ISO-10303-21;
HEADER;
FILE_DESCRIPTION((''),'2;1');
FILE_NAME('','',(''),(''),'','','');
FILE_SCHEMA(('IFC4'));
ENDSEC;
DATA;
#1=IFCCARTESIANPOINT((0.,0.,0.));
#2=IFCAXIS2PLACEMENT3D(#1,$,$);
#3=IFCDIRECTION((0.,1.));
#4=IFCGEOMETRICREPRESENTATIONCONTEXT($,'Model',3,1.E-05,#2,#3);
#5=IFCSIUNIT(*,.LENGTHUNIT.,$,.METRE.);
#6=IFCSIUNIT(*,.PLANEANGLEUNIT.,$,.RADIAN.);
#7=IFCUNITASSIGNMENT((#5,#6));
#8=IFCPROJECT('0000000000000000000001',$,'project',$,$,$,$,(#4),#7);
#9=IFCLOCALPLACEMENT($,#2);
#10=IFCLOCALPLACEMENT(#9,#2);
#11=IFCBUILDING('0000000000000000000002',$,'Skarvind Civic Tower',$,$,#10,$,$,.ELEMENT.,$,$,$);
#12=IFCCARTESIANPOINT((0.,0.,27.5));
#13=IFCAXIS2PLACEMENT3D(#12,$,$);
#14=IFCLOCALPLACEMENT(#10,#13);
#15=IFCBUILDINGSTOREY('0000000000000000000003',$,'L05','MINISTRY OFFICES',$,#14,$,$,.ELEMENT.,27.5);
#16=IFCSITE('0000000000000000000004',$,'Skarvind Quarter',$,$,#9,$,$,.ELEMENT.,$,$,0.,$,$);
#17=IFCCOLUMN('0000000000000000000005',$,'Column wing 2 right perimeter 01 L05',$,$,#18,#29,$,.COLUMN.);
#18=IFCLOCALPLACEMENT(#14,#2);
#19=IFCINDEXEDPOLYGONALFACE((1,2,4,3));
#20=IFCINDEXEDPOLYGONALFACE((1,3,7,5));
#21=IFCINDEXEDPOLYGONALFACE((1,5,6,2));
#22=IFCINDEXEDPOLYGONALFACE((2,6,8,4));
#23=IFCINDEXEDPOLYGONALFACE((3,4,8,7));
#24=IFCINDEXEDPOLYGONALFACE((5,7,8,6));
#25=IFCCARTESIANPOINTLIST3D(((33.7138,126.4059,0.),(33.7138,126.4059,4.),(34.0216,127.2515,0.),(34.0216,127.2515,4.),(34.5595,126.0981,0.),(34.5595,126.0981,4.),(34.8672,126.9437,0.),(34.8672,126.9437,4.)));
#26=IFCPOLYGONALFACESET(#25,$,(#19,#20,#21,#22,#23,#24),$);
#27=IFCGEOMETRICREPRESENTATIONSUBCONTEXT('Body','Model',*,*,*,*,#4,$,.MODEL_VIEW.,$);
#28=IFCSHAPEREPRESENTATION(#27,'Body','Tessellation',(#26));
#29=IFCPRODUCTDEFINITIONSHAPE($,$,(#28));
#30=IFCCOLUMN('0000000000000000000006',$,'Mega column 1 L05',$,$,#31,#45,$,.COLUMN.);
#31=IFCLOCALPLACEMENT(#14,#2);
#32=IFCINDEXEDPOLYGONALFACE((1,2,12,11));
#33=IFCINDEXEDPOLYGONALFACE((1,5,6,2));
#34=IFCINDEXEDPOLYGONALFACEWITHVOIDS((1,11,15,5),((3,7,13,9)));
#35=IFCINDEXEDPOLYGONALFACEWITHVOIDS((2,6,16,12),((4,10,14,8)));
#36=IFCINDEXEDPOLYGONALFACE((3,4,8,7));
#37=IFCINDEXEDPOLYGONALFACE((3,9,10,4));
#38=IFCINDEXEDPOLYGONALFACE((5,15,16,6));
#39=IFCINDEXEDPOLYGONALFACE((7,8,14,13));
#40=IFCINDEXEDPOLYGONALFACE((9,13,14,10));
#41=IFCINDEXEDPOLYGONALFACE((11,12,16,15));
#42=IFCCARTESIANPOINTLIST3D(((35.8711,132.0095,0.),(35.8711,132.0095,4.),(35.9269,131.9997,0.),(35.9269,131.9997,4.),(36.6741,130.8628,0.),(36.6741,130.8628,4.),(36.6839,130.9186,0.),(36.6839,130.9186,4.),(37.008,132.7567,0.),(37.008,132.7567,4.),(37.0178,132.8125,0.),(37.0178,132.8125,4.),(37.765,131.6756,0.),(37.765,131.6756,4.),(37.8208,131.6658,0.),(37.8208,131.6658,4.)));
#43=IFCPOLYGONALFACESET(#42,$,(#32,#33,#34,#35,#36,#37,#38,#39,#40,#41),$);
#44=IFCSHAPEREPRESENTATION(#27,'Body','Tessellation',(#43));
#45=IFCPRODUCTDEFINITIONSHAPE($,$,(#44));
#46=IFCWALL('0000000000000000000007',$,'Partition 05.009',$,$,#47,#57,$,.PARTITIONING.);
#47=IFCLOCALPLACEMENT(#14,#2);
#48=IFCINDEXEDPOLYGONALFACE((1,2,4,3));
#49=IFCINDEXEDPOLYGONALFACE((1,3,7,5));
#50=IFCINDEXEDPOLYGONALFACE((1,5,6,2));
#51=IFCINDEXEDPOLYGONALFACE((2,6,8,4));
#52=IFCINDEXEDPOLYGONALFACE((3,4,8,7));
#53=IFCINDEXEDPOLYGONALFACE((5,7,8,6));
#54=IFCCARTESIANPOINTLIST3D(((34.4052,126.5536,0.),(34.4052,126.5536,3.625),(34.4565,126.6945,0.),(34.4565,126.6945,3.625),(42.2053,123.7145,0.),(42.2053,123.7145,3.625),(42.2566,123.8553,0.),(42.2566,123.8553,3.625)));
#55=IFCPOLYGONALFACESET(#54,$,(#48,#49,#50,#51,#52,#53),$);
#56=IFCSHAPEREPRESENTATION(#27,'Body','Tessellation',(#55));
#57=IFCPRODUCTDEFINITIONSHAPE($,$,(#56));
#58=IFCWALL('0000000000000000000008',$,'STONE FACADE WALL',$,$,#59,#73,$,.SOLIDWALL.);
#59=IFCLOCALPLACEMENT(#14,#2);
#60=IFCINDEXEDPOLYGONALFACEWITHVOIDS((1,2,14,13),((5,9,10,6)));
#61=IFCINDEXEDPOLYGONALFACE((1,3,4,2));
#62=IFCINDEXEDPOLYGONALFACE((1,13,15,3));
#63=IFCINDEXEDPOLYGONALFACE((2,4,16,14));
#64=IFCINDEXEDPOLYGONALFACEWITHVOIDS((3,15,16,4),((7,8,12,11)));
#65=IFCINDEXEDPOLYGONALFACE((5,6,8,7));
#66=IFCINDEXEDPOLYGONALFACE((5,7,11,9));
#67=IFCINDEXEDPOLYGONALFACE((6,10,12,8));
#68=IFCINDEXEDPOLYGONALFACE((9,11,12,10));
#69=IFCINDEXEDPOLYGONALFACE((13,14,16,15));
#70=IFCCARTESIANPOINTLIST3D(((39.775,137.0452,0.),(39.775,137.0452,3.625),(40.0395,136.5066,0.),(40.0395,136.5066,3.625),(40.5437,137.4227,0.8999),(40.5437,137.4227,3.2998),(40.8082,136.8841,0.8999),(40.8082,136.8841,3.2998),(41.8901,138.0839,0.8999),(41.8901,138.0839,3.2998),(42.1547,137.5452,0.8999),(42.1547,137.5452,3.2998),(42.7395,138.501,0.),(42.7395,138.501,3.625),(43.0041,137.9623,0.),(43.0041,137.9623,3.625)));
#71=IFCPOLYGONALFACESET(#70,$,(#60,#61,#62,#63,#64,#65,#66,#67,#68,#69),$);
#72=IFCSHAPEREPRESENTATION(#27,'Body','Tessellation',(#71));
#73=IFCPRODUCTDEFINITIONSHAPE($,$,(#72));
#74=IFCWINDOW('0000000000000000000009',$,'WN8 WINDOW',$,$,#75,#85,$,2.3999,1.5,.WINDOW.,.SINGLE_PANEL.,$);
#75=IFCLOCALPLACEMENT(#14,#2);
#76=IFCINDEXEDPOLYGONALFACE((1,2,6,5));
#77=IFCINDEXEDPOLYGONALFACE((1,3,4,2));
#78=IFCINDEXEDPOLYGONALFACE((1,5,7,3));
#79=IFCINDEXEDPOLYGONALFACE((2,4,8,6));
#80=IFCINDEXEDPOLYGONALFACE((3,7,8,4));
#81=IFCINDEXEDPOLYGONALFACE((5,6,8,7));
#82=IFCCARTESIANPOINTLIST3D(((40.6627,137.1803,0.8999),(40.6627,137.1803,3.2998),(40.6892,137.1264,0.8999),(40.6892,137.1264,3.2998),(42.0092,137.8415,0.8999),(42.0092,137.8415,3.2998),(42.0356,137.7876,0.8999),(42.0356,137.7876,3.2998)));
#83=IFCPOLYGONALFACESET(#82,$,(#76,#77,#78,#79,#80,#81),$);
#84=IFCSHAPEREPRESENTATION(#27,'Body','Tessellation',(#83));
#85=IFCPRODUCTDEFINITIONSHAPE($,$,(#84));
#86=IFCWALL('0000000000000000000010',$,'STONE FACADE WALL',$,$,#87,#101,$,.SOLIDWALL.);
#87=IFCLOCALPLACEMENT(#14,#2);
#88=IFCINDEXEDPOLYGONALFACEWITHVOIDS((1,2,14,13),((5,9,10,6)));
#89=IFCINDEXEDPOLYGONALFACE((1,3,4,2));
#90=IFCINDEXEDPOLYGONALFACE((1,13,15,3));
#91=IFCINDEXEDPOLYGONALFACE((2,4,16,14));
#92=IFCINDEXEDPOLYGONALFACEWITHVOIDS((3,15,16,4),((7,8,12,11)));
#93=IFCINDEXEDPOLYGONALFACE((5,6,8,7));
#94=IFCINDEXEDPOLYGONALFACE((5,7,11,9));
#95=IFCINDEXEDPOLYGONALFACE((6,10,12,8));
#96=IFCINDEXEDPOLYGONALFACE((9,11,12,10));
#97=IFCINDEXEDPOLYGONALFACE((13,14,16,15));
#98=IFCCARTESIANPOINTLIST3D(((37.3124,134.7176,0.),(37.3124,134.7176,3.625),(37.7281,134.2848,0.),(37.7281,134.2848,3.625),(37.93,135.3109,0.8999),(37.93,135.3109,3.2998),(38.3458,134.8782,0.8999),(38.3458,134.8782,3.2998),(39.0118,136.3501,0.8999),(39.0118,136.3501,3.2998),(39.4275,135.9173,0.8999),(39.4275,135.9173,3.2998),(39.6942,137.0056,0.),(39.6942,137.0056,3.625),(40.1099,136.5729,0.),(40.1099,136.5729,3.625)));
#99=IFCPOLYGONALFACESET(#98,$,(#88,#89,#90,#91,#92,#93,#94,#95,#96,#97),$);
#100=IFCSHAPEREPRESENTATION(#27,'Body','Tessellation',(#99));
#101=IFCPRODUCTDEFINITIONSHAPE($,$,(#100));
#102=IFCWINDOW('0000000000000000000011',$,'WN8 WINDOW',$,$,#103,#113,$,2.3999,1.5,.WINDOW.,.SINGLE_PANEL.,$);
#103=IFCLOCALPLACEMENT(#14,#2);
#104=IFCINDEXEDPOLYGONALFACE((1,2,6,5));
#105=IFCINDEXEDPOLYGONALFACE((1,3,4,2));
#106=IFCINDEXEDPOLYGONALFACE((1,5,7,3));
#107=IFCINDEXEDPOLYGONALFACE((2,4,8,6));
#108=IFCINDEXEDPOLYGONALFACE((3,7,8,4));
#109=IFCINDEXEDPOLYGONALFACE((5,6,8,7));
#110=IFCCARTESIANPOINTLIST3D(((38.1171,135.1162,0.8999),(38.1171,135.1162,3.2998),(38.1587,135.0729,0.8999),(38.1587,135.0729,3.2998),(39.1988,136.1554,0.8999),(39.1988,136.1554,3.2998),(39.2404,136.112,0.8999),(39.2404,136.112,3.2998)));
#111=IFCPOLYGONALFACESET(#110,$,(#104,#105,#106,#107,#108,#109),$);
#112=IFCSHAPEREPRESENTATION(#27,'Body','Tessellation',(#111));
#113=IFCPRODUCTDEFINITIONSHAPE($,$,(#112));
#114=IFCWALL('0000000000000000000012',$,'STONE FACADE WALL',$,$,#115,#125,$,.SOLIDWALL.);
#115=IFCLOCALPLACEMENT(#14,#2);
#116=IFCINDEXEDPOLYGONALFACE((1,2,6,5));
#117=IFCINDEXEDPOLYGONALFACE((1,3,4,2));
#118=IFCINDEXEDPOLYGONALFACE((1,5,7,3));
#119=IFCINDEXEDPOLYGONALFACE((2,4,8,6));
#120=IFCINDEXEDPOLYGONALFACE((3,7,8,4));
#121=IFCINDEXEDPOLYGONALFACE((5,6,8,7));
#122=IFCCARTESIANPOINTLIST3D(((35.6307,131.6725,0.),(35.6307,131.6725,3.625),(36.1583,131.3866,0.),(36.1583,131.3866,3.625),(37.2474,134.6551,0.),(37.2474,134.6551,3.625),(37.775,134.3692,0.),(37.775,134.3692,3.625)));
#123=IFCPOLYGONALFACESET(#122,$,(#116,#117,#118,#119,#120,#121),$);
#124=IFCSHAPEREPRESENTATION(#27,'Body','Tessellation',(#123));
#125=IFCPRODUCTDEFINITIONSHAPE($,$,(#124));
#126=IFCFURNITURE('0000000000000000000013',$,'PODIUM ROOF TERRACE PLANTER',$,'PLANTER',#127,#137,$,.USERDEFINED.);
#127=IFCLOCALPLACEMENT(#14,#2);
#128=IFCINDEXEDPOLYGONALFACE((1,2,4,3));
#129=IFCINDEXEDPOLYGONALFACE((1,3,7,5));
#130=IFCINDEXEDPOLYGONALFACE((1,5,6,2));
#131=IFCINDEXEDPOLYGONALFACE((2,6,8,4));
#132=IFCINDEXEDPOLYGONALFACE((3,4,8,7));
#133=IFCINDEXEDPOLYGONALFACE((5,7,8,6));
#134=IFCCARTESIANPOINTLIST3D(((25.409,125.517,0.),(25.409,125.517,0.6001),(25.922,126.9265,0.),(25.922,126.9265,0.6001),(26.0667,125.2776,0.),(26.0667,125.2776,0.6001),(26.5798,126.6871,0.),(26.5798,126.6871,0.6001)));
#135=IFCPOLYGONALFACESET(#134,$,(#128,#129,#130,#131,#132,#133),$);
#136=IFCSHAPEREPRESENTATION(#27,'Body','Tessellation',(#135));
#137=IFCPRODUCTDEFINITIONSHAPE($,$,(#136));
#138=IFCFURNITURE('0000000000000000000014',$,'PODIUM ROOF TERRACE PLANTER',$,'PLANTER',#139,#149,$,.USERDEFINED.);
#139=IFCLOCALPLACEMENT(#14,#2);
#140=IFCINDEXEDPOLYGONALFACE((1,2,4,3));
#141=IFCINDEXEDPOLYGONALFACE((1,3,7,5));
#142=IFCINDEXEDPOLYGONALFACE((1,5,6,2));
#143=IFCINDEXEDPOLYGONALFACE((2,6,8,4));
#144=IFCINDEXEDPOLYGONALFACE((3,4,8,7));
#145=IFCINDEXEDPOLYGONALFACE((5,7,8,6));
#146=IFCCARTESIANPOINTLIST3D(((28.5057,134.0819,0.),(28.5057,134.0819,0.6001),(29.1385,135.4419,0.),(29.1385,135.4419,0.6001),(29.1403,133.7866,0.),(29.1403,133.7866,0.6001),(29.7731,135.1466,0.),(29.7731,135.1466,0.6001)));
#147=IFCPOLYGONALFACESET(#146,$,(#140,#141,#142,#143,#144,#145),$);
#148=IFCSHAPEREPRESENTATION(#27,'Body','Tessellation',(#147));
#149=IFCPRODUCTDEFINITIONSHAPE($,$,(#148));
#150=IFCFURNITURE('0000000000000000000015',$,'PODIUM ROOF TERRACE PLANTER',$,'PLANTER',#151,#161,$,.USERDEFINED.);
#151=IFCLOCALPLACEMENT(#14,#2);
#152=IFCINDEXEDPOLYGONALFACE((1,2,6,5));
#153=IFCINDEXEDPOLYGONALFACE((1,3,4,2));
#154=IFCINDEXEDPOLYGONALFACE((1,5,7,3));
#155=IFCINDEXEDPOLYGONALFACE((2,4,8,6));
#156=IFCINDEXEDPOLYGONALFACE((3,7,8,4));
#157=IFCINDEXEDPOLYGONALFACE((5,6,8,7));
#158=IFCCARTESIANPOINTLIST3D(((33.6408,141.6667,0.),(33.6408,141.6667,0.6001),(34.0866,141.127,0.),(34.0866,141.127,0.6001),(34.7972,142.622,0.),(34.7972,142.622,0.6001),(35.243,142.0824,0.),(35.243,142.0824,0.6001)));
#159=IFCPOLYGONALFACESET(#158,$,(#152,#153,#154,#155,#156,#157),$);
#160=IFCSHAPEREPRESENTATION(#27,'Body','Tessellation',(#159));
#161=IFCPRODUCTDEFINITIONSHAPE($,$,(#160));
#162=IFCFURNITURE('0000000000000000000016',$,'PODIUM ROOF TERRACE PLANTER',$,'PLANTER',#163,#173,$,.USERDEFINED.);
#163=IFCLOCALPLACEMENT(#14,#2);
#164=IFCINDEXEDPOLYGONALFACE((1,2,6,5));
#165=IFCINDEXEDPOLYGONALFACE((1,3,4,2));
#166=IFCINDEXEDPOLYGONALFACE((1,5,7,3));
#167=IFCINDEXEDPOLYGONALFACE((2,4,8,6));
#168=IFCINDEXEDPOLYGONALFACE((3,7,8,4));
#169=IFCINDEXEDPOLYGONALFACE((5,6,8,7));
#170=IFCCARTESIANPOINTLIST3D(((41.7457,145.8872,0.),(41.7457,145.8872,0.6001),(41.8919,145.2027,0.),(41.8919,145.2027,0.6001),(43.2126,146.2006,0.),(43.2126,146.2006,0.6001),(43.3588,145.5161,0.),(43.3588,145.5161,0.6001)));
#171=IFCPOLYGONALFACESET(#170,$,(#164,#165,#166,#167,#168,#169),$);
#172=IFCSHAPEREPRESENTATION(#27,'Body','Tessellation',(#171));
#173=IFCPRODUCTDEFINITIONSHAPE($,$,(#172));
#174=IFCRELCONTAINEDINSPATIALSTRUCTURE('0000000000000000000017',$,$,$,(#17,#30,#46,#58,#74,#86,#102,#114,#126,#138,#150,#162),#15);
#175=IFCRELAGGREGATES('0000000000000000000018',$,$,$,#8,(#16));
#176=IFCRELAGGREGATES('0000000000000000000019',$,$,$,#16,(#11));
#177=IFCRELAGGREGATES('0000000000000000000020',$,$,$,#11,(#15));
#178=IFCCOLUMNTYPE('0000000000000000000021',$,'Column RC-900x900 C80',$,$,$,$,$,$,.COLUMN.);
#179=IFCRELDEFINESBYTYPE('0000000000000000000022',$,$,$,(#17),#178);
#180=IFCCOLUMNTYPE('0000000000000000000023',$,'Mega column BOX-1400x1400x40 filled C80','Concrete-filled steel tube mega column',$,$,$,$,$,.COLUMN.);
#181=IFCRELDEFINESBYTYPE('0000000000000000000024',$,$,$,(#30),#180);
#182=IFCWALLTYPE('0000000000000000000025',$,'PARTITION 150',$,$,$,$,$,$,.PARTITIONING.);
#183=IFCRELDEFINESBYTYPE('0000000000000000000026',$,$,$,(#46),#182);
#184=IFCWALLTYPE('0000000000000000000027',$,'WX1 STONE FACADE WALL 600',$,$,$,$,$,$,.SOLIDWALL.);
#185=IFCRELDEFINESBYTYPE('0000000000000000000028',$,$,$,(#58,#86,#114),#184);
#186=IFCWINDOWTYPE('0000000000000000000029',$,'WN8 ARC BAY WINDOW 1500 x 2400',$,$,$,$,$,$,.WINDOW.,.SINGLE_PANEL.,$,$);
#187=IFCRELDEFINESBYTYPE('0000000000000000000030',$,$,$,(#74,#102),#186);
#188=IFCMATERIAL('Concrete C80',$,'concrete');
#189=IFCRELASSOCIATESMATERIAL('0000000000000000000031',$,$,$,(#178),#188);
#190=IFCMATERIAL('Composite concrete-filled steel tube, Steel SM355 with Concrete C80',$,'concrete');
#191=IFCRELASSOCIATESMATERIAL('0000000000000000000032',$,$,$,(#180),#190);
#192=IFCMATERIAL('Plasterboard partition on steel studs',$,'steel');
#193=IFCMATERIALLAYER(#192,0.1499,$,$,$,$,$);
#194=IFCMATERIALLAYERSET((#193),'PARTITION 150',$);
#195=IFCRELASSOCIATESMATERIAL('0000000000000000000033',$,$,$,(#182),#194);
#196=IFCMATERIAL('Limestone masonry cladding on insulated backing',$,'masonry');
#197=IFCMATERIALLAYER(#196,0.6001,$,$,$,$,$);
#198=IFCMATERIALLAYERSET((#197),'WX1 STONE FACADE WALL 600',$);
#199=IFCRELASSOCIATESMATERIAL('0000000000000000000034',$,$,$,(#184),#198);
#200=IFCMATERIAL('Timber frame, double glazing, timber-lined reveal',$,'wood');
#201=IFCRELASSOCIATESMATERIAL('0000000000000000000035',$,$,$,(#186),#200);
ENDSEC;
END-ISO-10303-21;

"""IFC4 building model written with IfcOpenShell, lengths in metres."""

from ifc_helpers import new_model, si_unit, direction, frame, frame_2d, origin, origin_2d, place, context, subcontext, project, spatial, rectangle, hollow_rectangle, extrude, material, layer, layer_set, material_profile, profile_set, type_object, element, fill, save


model = new_model("IFC4")

# Units and contexts
model_context = context("Model", 3, precision=1e-05, world=origin(), true_north=direction((0.0, 1.0)))
body_context = subcontext(model_context, "Body", "Model", "MODEL_VIEW")
ifc_project = project(units=[si_unit("LENGTHUNIT", "METRE"), si_unit("PLANEANGLEUNIT", "RADIAN")], contexts=[model_context])

# Site, building, storey
site_placement = place(None, origin())
site = spatial("IfcSite", under=ifc_project, at=site_placement, Name="Skarvind Quarter", CompositionType="ELEMENT", RefElevation=0.0)
building_placement = place(site_placement, origin())
building = spatial("IfcBuilding", under=site, at=building_placement, Name="Skarvind Civic Tower", CompositionType="ELEMENT")
storey_placement = place(building_placement, frame((0.0, 0.0, 27.5)))
storey = spatial("IfcBuildingStorey", under=building, at=storey_placement, Name="L05", Description="MINISTRY OFFICES", CompositionType="ELEMENT", Elevation=27.5)

# Columns
ifc_material_1 = material(Name="Concrete C80", Category="concrete")
ifc_material_profile_1 = material_profile(ifc_material_1, rectangle(XDim=0.8999, YDim=0.8999, at=origin_2d()), Name="RC-900x900")
ifc_profile_set_1 = profile_set([ifc_material_profile_1], Name="Concrete C80")
column_type_1 = type_object("IfcColumnType", Name="Column RC-900x900 C80", PredefinedType="COLUMN", material=ifc_profile_set_1)
column_1_placement = place(storey_placement, frame((34.2905, 126.6748, 0.0), z_axis=(0.0, 0.0, 1.0), x_axis=(-0.34202, -0.939693, 0.0)))
element("IfcColumn", 1, at=column_1_placement, inside=storey, type_object=column_type_1, Name="Column wing 2 right perimeter 01 L05", PredefinedType="COLUMN", context=body_context, shape_type="SweptSolid", body=[
    extrude(rectangle(XDim=0.8999, YDim=0.8999, at=origin_2d()), origin(), (0.0, 0.0, 1.0), 4.0),
])
ifc_material_2 = material(Name="Composite concrete-filled steel tube, Steel SM355 with Concrete C80", Category="concrete")
ifc_material_profile_2 = material_profile(ifc_material_2, hollow_rectangle(XDim=1.3999, YDim=1.3999, WallThickness=0.04, at=origin_2d()), Name="BOX-1400x1400x40")
ifc_profile_set_2 = profile_set([ifc_material_profile_2], Name="Composite concrete-filled steel tube, Steel SM355 with Concrete C80")
column_type_2 = type_object("IfcColumnType", Name="Mega column BOX-1400x1400x40 filled C80", Description="Concrete-filled steel tube mega column", PredefinedType="COLUMN", material=ifc_profile_set_2)
column_2_placement = place(storey_placement, frame((36.8459, 131.8376, 0.0), z_axis=(0.0, 0.0, 1.0), x_axis=(0.573576, -0.819152, 0.0)))
element("IfcColumn", 2, at=column_2_placement, inside=storey, type_object=column_type_2, Name="Mega column 1 L05", PredefinedType="COLUMN", context=body_context, shape_type="SweptSolid", body=[
    extrude(hollow_rectangle(XDim=1.3999, YDim=1.3999, WallThickness=0.04, at=origin_2d()), origin(), (0.0, 0.0, 1.0), 4.0),
])

# Wall
ifc_material_3 = material(Name="Plasterboard partition on steel studs", Category="steel")
ifc_layer_1 = layer(ifc_material_3, 0.1499)
ifc_layer_set_1 = layer_set([ifc_layer_1], Name="PARTITION 150")
wall_type_1 = type_object("IfcWallType", Name="PARTITION 150", PredefinedType="PARTITIONING", material=ifc_layer_set_1)
wall_1_placement = place(storey_placement, frame((42.231, 123.7849, 0.0), z_axis=(0.0, 0.0, 1.0), x_axis=(-0.939688, 0.342034, 0.0)))
element("IfcWall", 3, at=wall_1_placement, inside=storey, type_object=wall_type_1, Name="Partition 05.009", PredefinedType="PARTITIONING", context=body_context, shape_type="SweptSolid", body=[
    extrude(rectangle(XDim=8.3008, YDim=0.1499, at=frame_2d((4.1504, 0.0))), origin(), (0.0, 0.0, 1.0), 3.625),
])

# Walls, openings, windows
ifc_material_4 = material(Name="Limestone masonry cladding on insulated backing", Category="masonry")
ifc_layer_2 = layer(ifc_material_4, 0.6001)
ifc_layer_set_2 = layer_set([ifc_layer_2], Name="WX1 STONE FACADE WALL 600")
wall_type_2 = type_object("IfcWallType", Name="WX1 STONE FACADE WALL 600", PredefinedType="SOLIDWALL", material=ifc_layer_set_2)
wall_2_placement = place(storey_placement, frame((39.9072, 136.7759, 0.0), z_axis=(0.0, 0.0, 1.0), x_axis=(0.897612, 0.440786, 0.0)))
wall_2 = element("IfcWall", 4, at=wall_2_placement, inside=storey, type_object=wall_type_2, Name="STONE FACADE WALL", PredefinedType="SOLIDWALL", context=body_context, shape_type="SweptSolid", body=[
    extrude(rectangle(XDim=3.3027, YDim=0.6001, at=frame_2d((1.6514, 0.0))), origin(), (0.0, 0.0, 1.0), 3.625),
])
opening_1_placement = place(wall_2_placement, frame((0.8564, 0.0, 0.8999)))
opening_1 = element("IfcOpeningElement", 5, at=opening_1_placement, cuts=wall_2, PredefinedType="OPENING", context=body_context, shape_type="SweptSolid", body=[
    extrude(rectangle(XDim=1.5, YDim=2.3999, at=frame_2d((0.75, 1.2))), frame((0.0, 0.3101, 0.0), z_axis=(0.0, -1.0, 0.0), x_axis=(1.0, 0.0, 0.0)), (0.0, 0.0, 1.0), 0.6201),
])
ifc_material_5 = material(Name="Timber frame, double glazing, timber-lined reveal", Category="wood")
window_type = type_object("IfcWindowType", Name="WN8 ARC BAY WINDOW 1500 x 2400", PartitioningType="SINGLE_PANEL", PredefinedType="WINDOW", material=ifc_material_5)
window_1_placement = place(opening_1_placement, origin())
window_1 = element("IfcWindow", 6, at=window_1_placement, inside=storey, type_object=window_type, Name="WN8 WINDOW", OverallHeight=2.3999, OverallWidth=1.5, PartitioningType="SINGLE_PANEL", PredefinedType="WINDOW", context=body_context, shape_type="SweptSolid", body=[
    extrude(rectangle(XDim=1.5, YDim=2.3999, at=frame_2d((0.75, 1.2))), frame((0.0, 0.03, 0.0), z_axis=(0.0, -1.0, 0.0), x_axis=(1.0, 0.0, 0.0)), (0.0, 0.0, 1.0), 0.0601),
])
fill(opening_1, window_1)
wall_3_placement = place(storey_placement, frame((37.5203, 134.5012, 0.0), z_axis=(0.0, 0.0, 1.0), x_axis=(0.721157, 0.692772, 0.0)))
wall_3 = element("IfcWall", 7, at=wall_3_placement, inside=storey, type_object=wall_type_2, Name="STONE FACADE WALL", PredefinedType="SOLIDWALL", context=body_context, shape_type="SweptSolid", body=[
    extrude(rectangle(XDim=3.3027, YDim=0.6001, at=frame_2d((1.6514, 0.0))), origin(), (0.0, 0.0, 1.0), 3.625),
])
opening_2_placement = place(wall_3_placement, frame((0.8564, 0.0, 0.8999)))
opening_2 = element("IfcOpeningElement", 8, at=opening_2_placement, cuts=wall_3, PredefinedType="OPENING", context=body_context, shape_type="SweptSolid", body=[
    extrude(rectangle(XDim=1.5, YDim=2.3999, at=frame_2d((0.75, 1.2))), frame((0.0, 0.3101, 0.0), z_axis=(0.0, -1.0, 0.0), x_axis=(1.0, 0.0, 0.0)), (0.0, 0.0, 1.0), 0.6201),
])
window_2_placement = place(opening_2_placement, origin())
window_2 = element("IfcWindow", 9, at=window_2_placement, inside=storey, type_object=window_type, Name="WN8 WINDOW", OverallHeight=2.3999, OverallWidth=1.5, PartitioningType="SINGLE_PANEL", PredefinedType="WINDOW", context=body_context, shape_type="SweptSolid", body=[
    extrude(rectangle(XDim=1.5, YDim=2.3999, at=frame_2d((0.75, 1.2))), frame((0.0, 0.03, 0.0), z_axis=(0.0, -1.0, 0.0), x_axis=(1.0, 0.0, 0.0)), (0.0, 0.0, 1.0), 0.0601),
])
fill(opening_2, window_2)

# Wall
wall_4_placement = place(storey_placement, frame((35.8945, 131.5295, 0.0), z_axis=(0.0, 0.0, 1.0), x_axis=(0.476531, 0.879158, 0.0)))
element("IfcWall", 10, at=wall_4_placement, inside=storey, type_object=wall_type_2, Name="STONE FACADE WALL", PredefinedType="SOLIDWALL", context=body_context, shape_type="SweptSolid", body=[
    extrude(rectangle(XDim=3.3926, YDim=0.6001, at=frame_2d((1.6963, 0.0))), origin(), (0.0, 0.0, 1.0), 3.625),
])

# Furniture
for number, where, z_axis, x_axis, name in (
    (11, (25.9944, 126.1021, 0.0), (0.0, 0.0, 1.0), (0.34202, 0.939693, 0.0), "PODIUM ROOF TERRACE PLANTER"),
    (12, (29.1394, 134.6143, 0.0), (0.0, 0.0, 1.0), (0.421827, 0.906676, 0.0), "PODIUM ROOF TERRACE PLANTER"),
    (13, (34.4419, 141.8745, 0.0), (0.0, 0.0, 1.0), (0.770958, 0.636886, 0.0), "PODIUM ROOF TERRACE PLANTER"),
    (14, (42.5522, 145.7017, 0.0), (0.0, 0.0, 1.0), (0.977929, 0.208936, 0.0), "PODIUM ROOF TERRACE PLANTER"),
):
    element("IfcFurniture", number, at=place(storey_placement, frame(where, z_axis=z_axis, x_axis=x_axis)), inside=storey, Name=name, ObjectType="PLANTER", PredefinedType="USERDEFINED", context=body_context, shape_type="SweptSolid", body=[
        extrude(rectangle(XDim=1.5, YDim=0.7, at=origin_2d()), origin(), (0.0, 0.0, 1.0), 0.6001),
    ])

save(model, "model.ifc")
